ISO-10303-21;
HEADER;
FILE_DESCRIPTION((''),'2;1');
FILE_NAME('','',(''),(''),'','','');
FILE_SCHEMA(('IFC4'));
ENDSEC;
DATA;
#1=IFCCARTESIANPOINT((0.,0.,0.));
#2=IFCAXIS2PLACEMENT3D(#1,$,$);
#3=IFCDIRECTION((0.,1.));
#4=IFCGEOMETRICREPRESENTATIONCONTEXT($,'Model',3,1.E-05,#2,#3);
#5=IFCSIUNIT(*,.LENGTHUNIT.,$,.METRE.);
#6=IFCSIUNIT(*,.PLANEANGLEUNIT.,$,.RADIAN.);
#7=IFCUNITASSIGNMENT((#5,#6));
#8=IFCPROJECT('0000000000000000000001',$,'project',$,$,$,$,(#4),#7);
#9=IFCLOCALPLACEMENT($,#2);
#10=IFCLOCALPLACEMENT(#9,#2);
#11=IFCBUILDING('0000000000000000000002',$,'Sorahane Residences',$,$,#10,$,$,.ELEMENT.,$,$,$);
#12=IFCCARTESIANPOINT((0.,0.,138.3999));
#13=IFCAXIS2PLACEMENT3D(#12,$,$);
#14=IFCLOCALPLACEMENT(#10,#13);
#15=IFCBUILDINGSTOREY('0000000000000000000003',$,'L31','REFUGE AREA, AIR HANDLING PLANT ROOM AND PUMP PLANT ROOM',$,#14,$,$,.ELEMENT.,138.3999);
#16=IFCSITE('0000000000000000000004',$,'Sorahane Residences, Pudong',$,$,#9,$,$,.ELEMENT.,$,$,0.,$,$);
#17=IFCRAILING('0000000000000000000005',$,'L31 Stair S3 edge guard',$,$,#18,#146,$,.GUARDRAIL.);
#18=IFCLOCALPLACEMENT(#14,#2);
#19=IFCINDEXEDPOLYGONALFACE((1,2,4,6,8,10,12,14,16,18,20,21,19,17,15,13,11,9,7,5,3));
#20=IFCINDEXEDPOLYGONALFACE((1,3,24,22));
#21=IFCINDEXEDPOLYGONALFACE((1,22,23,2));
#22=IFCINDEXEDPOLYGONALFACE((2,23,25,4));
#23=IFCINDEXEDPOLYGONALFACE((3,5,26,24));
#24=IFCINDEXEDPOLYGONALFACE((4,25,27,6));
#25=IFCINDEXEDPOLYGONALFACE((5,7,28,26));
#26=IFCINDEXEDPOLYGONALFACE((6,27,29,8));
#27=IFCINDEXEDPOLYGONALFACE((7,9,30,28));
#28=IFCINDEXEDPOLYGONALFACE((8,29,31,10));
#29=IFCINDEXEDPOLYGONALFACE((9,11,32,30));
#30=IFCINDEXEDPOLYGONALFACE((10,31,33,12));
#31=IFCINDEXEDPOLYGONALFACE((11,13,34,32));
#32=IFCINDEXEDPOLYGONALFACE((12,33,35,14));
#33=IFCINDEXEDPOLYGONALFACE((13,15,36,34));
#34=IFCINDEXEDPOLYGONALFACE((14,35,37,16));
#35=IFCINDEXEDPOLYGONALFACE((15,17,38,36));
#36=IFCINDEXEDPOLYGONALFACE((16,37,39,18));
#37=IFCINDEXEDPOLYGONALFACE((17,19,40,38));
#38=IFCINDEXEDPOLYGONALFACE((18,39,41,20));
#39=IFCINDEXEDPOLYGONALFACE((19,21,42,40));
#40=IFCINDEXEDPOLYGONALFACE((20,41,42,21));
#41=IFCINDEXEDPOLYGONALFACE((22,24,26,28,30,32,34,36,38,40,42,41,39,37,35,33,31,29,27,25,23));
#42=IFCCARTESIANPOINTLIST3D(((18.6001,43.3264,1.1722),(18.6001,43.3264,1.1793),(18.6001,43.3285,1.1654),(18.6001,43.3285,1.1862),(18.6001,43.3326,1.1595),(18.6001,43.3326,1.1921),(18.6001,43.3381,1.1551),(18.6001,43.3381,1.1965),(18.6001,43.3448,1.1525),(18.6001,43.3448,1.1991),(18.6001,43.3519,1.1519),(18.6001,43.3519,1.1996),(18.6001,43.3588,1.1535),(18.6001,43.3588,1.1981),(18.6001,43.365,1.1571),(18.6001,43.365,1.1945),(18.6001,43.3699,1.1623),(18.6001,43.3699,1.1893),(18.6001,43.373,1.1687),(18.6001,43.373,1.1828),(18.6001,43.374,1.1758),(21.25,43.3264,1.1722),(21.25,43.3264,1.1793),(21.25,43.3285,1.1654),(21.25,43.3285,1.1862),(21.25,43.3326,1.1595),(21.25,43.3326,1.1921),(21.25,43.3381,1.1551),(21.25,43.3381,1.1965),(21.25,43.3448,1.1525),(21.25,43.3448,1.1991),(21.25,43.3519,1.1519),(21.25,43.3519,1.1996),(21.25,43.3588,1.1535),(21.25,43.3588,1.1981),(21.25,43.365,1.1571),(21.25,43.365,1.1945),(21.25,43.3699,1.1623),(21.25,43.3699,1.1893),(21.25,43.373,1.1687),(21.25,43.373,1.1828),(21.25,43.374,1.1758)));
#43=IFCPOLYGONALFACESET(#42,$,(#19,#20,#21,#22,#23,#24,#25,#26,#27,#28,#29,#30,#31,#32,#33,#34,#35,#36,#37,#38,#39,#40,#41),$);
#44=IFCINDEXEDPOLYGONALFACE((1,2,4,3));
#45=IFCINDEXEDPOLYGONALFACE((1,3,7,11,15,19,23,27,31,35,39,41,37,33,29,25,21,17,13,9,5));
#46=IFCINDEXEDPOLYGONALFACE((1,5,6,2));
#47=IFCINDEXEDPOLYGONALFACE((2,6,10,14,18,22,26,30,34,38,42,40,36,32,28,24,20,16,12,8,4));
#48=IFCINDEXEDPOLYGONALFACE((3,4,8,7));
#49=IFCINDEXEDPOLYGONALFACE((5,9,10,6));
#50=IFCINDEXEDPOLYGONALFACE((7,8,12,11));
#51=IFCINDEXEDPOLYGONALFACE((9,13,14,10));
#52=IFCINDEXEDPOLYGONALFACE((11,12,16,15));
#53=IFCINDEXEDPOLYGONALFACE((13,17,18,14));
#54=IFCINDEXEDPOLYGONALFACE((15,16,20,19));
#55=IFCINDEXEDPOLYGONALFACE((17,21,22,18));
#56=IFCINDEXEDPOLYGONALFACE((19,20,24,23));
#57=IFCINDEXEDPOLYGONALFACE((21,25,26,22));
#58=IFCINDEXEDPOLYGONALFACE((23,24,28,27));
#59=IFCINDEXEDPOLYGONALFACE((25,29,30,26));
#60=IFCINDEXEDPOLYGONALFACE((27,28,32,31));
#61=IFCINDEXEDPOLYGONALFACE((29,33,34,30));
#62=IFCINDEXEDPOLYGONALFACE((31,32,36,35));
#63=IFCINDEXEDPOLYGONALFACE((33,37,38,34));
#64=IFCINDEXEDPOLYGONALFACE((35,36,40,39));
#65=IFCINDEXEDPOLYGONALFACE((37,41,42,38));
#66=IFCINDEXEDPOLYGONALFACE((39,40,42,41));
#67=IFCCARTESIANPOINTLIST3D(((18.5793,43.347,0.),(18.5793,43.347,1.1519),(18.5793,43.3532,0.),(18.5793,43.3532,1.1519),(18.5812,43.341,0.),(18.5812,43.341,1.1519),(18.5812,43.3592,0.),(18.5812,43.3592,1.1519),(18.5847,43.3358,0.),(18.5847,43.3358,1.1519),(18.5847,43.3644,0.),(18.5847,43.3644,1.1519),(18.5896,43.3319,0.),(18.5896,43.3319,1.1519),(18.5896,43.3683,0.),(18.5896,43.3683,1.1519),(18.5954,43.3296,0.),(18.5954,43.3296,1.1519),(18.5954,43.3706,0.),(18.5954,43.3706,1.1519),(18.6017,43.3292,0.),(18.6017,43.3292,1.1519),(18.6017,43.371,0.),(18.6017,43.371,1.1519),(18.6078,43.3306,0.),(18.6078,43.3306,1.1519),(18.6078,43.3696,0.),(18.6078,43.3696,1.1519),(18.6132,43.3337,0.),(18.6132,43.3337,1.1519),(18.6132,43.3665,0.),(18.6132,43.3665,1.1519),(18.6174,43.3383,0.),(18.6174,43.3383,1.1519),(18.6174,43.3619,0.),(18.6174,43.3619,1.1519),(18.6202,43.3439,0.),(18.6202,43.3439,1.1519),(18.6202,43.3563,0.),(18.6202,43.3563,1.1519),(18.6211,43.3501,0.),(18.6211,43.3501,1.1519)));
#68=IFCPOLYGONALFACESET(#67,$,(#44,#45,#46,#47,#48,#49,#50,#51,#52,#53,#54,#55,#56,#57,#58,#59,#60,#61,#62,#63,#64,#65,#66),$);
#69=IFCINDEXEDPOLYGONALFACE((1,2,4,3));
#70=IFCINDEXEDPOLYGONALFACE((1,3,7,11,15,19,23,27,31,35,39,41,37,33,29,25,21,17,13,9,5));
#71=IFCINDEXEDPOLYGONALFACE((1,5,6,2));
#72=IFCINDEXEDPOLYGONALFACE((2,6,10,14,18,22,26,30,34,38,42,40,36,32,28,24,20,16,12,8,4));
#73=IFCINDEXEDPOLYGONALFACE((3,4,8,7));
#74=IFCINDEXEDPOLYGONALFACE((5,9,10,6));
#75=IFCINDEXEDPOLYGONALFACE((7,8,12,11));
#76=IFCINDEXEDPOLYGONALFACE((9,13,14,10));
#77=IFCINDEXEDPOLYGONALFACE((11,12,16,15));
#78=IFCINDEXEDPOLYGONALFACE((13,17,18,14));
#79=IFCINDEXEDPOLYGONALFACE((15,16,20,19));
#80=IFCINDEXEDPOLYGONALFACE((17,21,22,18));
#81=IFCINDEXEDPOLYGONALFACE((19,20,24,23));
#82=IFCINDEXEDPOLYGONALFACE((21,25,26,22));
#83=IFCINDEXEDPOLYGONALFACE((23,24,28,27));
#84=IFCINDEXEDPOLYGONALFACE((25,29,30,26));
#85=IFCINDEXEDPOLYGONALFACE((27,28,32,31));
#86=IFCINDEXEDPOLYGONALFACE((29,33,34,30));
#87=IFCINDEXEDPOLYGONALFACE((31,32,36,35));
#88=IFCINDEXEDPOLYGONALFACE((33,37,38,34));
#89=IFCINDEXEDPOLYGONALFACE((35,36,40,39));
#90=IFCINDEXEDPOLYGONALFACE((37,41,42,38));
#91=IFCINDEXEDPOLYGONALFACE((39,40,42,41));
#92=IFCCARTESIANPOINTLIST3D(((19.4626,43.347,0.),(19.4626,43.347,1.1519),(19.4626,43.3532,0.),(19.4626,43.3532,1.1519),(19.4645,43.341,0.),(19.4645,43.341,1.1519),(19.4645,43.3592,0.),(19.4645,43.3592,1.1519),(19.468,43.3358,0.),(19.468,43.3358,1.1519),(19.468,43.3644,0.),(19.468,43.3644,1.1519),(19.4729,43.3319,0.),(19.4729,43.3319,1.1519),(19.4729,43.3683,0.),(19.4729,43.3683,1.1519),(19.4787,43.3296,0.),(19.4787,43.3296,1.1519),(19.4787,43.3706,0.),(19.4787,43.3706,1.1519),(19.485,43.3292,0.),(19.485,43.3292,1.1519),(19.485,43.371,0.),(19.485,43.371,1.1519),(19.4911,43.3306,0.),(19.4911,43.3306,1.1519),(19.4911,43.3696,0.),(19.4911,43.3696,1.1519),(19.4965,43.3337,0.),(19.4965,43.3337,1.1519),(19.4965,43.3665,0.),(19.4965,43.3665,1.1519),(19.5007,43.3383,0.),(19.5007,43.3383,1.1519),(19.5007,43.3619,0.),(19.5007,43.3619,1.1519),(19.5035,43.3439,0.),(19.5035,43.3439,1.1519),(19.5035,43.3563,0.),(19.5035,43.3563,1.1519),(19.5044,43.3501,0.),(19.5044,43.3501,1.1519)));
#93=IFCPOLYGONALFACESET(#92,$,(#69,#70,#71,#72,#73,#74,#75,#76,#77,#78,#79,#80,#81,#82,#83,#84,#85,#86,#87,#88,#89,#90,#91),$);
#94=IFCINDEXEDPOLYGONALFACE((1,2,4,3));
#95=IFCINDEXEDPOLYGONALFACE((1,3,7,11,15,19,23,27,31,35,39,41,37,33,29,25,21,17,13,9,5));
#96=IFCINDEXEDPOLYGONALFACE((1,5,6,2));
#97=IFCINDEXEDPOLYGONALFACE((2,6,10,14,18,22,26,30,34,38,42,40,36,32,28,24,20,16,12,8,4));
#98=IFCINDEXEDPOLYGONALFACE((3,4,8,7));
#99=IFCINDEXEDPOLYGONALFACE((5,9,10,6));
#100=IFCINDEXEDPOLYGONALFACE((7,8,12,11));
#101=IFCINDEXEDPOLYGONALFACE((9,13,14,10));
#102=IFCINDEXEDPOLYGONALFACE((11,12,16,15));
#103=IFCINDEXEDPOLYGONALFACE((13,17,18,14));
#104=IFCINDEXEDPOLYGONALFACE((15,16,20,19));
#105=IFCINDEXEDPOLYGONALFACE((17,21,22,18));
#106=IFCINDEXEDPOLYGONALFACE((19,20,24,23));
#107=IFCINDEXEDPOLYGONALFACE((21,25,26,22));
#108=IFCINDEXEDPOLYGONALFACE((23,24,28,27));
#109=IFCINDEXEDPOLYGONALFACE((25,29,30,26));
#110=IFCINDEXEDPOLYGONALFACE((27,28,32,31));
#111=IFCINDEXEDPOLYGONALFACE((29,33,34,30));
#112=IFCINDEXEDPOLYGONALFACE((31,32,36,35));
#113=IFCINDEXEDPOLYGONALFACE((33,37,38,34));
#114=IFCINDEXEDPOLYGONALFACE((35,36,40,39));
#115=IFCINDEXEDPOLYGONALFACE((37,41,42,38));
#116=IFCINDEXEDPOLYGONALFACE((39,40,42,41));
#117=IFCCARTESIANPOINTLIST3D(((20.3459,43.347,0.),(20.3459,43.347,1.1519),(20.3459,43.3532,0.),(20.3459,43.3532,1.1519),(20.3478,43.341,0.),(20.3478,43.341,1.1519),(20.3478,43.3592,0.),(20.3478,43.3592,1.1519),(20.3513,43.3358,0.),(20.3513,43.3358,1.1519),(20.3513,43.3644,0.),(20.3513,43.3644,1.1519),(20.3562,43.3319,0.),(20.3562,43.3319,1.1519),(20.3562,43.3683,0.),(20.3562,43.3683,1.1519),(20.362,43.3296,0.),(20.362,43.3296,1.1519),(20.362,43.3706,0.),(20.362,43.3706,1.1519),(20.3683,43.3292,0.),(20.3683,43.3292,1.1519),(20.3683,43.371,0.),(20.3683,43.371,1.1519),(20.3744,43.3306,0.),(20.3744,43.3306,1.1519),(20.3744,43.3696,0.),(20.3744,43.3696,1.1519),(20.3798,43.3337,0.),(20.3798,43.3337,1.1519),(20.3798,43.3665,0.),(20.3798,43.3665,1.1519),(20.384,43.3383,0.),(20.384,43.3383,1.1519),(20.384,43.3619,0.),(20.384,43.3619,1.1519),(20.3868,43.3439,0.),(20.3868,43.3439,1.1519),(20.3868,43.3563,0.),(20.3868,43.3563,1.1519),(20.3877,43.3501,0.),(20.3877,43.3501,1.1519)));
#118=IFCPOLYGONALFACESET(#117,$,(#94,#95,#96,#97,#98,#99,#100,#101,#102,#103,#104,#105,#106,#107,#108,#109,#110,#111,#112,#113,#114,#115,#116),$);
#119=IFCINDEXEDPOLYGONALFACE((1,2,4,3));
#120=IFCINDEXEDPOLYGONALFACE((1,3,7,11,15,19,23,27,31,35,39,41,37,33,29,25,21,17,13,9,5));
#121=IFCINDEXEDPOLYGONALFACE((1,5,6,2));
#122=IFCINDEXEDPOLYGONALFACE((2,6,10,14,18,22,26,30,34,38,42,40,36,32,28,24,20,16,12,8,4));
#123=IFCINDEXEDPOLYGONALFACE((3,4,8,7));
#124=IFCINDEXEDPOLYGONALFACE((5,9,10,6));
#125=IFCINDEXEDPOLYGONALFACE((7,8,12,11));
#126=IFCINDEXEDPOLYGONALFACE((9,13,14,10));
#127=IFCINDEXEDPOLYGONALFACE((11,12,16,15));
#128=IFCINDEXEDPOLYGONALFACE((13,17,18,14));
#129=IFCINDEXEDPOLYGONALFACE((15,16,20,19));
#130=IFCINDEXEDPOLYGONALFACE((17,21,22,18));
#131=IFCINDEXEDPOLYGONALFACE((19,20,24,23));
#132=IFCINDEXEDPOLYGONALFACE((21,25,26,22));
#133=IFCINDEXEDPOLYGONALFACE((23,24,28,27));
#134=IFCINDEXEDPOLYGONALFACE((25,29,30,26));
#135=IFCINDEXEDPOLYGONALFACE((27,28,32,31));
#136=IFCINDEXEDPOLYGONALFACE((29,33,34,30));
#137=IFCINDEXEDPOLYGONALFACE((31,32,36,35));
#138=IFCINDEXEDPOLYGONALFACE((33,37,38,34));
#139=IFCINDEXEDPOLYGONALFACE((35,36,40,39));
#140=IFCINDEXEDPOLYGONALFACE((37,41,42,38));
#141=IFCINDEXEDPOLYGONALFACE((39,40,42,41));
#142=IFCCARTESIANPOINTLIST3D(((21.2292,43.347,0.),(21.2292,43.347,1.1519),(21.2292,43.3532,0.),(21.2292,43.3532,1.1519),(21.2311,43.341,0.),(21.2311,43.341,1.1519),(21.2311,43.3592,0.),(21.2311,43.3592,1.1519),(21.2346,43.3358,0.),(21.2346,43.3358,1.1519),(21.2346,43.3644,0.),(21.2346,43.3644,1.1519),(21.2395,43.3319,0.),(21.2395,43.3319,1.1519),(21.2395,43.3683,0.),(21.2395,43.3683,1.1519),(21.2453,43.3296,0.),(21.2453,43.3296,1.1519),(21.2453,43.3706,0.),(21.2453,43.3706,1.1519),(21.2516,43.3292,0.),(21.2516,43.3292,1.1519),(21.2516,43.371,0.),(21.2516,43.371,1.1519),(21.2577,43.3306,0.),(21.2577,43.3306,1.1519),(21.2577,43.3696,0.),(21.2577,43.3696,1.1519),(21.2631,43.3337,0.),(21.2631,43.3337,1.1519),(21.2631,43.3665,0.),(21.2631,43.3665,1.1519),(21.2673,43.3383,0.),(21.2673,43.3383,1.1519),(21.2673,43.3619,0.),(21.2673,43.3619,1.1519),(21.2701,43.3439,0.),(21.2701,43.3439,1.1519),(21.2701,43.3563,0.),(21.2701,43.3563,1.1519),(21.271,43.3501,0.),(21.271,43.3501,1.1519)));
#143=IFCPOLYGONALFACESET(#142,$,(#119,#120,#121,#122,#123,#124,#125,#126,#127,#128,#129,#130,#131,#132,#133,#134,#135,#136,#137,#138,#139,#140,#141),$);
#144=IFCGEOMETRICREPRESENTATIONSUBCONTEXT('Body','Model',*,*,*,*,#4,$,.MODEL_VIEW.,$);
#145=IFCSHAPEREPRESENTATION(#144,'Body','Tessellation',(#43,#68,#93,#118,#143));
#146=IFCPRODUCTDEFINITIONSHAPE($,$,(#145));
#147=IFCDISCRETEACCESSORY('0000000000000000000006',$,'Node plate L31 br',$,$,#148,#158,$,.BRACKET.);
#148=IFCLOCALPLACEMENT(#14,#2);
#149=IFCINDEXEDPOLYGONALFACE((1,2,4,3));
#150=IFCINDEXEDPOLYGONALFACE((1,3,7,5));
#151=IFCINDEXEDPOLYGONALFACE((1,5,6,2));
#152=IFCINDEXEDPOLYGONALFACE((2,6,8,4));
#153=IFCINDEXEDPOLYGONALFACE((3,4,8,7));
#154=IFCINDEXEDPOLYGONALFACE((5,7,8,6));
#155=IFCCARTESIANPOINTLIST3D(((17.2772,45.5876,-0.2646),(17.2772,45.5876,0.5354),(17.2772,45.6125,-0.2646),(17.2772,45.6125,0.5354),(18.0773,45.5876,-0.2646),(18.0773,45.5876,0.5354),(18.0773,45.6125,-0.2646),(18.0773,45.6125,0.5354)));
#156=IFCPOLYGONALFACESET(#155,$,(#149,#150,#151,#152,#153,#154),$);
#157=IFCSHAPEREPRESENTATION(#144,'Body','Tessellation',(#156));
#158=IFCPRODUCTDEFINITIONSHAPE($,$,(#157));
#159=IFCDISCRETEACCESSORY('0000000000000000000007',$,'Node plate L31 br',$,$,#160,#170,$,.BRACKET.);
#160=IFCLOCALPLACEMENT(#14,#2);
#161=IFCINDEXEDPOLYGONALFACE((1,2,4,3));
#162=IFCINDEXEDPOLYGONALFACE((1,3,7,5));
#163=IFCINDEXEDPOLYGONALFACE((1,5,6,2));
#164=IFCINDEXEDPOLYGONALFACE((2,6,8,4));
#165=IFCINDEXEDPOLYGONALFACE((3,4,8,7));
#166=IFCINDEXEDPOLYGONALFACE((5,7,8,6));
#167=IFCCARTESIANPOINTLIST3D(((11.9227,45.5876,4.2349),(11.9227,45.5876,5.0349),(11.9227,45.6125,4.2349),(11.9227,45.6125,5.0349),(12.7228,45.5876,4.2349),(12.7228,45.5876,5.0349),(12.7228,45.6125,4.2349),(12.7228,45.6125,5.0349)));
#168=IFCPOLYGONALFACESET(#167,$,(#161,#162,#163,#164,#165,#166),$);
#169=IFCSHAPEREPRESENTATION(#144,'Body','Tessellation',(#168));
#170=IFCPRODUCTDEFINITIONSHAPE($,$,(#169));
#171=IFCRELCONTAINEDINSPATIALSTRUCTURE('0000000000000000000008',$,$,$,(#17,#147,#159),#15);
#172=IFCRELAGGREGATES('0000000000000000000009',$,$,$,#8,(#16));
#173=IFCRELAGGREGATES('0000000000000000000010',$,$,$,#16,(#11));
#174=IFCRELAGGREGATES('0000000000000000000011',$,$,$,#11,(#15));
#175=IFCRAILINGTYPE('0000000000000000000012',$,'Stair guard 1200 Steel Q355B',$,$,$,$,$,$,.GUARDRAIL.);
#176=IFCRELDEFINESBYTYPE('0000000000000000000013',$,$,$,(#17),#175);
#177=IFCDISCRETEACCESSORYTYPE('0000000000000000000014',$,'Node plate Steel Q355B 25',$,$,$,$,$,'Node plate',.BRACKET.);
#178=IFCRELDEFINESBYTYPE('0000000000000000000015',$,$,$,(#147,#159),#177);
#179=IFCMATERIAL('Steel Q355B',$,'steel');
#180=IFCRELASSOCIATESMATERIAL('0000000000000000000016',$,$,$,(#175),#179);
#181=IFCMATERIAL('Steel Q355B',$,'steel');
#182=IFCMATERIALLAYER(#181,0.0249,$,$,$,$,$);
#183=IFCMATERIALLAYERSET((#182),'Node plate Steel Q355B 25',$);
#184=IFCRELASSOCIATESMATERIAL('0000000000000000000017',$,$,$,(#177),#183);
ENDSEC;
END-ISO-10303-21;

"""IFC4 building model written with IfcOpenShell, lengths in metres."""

from ifc_helpers import new_model, si_unit, direction, frame, origin, origin_2d, place, context, subcontext, project, spatial, rectangle, circle, extrude, material, layer, layer_set, type_object, element, save


model = new_model("IFC4")

# Units and contexts
model_context = context("Model", 3, precision=1e-05, world=origin(), true_north=direction((0.0, 1.0)))
body_context = subcontext(model_context, "Body", "Model", "MODEL_VIEW")
ifc_project = project(units=[si_unit("LENGTHUNIT", "METRE"), si_unit("PLANEANGLEUNIT", "RADIAN")], contexts=[model_context])

# Site, building, storey
site_placement = place(None, origin())
site = spatial("IfcSite", under=ifc_project, at=site_placement, Name="Sorahane Residences, Pudong", CompositionType="ELEMENT", RefElevation=0.0)
building_placement = place(site_placement, origin())
building = spatial("IfcBuilding", under=site, at=building_placement, Name="Sorahane Residences", CompositionType="ELEMENT")
storey_placement = place(building_placement, frame((0.0, 0.0, 138.3999)))
storey = spatial("IfcBuildingStorey", under=building, at=storey_placement, Name="L31", Description="REFUGE AREA, AIR HANDLING PLANT ROOM AND PUMP PLANT ROOM", CompositionType="ELEMENT", Elevation=138.3999)

# Railing
ifc_material_1 = material(Name="Steel Q355B", Category="steel")
railing_type = type_object("IfcRailingType", Name="Stair guard 1200 Steel Q355B", PredefinedType="GUARDRAIL", material=ifc_material_1)
railing_1_placement = place(storey_placement, frame((18.6001, 43.3501, 0.0)))
element("IfcRailing", 1, at=railing_1_placement, inside=storey, type_object=railing_type, Name="L31 Stair S3 edge guard", PredefinedType="GUARDRAIL", context=body_context, shape_type="SweptSolid", body=[
    extrude(circle(Radius=0.0239, at=origin_2d()), frame((0.0, 0.0, 1.1758), z_axis=(1.0, 0.0, 0.0), x_axis=(0.0, 1.0, 0.0)), (0.0, 0.0, 1.0), 2.6499),
    extrude(circle(Radius=0.021, at=origin_2d()), origin(), (0.0, 0.0, 1.0), 1.1519),
    extrude(circle(Radius=0.021, at=origin_2d()), frame((0.8833, 0.0, 0.0)), (0.0, 0.0, 1.0), 1.1519),
    extrude(circle(Radius=0.021, at=origin_2d()), frame((1.7666, 0.0, 0.0)), (0.0, 0.0, 1.0), 1.1519),
    extrude(circle(Radius=0.021, at=origin_2d()), frame((2.6499, 0.0, 0.0)), (0.0, 0.0, 1.0), 1.1519),
])

# Discrete accessories
ifc_material_2 = material(Name="Steel Q355B", Category="steel")
ifc_layer_1 = layer(ifc_material_2, 0.0249)
ifc_layer_set_1 = layer_set([ifc_layer_1], Name="Node plate Steel Q355B 25")
discrete_accessory_type = type_object("IfcDiscreteAccessoryType", Name="Node plate Steel Q355B 25", ElementType="Node plate", PredefinedType="BRACKET", material=ifc_layer_set_1)
for number, where, z_axis, x_axis, name in (
    (2, (17.6772, 45.6001, -0.2646), (0.0, 0.0, 1.0), (1.0, 0.0, 0.0), "Node plate L31 br"),
    (3, (12.3228, 45.6001, 4.2349), (0.0, 0.0, 1.0), (1.0, 0.0, 0.0), "Node plate L31 br"),
):
    element("IfcDiscreteAccessory", number, at=place(storey_placement, frame(where, z_axis=z_axis, x_axis=x_axis)), inside=storey, type_object=discrete_accessory_type, Name=name, PredefinedType="BRACKET", context=body_context, shape_type="SweptSolid", body=[
        extrude(rectangle(XDim=0.8, YDim=0.0249, at=origin_2d()), origin(), (0.0, 0.0, 1.0), 0.8),
    ])

save(model, "model.ifc")
